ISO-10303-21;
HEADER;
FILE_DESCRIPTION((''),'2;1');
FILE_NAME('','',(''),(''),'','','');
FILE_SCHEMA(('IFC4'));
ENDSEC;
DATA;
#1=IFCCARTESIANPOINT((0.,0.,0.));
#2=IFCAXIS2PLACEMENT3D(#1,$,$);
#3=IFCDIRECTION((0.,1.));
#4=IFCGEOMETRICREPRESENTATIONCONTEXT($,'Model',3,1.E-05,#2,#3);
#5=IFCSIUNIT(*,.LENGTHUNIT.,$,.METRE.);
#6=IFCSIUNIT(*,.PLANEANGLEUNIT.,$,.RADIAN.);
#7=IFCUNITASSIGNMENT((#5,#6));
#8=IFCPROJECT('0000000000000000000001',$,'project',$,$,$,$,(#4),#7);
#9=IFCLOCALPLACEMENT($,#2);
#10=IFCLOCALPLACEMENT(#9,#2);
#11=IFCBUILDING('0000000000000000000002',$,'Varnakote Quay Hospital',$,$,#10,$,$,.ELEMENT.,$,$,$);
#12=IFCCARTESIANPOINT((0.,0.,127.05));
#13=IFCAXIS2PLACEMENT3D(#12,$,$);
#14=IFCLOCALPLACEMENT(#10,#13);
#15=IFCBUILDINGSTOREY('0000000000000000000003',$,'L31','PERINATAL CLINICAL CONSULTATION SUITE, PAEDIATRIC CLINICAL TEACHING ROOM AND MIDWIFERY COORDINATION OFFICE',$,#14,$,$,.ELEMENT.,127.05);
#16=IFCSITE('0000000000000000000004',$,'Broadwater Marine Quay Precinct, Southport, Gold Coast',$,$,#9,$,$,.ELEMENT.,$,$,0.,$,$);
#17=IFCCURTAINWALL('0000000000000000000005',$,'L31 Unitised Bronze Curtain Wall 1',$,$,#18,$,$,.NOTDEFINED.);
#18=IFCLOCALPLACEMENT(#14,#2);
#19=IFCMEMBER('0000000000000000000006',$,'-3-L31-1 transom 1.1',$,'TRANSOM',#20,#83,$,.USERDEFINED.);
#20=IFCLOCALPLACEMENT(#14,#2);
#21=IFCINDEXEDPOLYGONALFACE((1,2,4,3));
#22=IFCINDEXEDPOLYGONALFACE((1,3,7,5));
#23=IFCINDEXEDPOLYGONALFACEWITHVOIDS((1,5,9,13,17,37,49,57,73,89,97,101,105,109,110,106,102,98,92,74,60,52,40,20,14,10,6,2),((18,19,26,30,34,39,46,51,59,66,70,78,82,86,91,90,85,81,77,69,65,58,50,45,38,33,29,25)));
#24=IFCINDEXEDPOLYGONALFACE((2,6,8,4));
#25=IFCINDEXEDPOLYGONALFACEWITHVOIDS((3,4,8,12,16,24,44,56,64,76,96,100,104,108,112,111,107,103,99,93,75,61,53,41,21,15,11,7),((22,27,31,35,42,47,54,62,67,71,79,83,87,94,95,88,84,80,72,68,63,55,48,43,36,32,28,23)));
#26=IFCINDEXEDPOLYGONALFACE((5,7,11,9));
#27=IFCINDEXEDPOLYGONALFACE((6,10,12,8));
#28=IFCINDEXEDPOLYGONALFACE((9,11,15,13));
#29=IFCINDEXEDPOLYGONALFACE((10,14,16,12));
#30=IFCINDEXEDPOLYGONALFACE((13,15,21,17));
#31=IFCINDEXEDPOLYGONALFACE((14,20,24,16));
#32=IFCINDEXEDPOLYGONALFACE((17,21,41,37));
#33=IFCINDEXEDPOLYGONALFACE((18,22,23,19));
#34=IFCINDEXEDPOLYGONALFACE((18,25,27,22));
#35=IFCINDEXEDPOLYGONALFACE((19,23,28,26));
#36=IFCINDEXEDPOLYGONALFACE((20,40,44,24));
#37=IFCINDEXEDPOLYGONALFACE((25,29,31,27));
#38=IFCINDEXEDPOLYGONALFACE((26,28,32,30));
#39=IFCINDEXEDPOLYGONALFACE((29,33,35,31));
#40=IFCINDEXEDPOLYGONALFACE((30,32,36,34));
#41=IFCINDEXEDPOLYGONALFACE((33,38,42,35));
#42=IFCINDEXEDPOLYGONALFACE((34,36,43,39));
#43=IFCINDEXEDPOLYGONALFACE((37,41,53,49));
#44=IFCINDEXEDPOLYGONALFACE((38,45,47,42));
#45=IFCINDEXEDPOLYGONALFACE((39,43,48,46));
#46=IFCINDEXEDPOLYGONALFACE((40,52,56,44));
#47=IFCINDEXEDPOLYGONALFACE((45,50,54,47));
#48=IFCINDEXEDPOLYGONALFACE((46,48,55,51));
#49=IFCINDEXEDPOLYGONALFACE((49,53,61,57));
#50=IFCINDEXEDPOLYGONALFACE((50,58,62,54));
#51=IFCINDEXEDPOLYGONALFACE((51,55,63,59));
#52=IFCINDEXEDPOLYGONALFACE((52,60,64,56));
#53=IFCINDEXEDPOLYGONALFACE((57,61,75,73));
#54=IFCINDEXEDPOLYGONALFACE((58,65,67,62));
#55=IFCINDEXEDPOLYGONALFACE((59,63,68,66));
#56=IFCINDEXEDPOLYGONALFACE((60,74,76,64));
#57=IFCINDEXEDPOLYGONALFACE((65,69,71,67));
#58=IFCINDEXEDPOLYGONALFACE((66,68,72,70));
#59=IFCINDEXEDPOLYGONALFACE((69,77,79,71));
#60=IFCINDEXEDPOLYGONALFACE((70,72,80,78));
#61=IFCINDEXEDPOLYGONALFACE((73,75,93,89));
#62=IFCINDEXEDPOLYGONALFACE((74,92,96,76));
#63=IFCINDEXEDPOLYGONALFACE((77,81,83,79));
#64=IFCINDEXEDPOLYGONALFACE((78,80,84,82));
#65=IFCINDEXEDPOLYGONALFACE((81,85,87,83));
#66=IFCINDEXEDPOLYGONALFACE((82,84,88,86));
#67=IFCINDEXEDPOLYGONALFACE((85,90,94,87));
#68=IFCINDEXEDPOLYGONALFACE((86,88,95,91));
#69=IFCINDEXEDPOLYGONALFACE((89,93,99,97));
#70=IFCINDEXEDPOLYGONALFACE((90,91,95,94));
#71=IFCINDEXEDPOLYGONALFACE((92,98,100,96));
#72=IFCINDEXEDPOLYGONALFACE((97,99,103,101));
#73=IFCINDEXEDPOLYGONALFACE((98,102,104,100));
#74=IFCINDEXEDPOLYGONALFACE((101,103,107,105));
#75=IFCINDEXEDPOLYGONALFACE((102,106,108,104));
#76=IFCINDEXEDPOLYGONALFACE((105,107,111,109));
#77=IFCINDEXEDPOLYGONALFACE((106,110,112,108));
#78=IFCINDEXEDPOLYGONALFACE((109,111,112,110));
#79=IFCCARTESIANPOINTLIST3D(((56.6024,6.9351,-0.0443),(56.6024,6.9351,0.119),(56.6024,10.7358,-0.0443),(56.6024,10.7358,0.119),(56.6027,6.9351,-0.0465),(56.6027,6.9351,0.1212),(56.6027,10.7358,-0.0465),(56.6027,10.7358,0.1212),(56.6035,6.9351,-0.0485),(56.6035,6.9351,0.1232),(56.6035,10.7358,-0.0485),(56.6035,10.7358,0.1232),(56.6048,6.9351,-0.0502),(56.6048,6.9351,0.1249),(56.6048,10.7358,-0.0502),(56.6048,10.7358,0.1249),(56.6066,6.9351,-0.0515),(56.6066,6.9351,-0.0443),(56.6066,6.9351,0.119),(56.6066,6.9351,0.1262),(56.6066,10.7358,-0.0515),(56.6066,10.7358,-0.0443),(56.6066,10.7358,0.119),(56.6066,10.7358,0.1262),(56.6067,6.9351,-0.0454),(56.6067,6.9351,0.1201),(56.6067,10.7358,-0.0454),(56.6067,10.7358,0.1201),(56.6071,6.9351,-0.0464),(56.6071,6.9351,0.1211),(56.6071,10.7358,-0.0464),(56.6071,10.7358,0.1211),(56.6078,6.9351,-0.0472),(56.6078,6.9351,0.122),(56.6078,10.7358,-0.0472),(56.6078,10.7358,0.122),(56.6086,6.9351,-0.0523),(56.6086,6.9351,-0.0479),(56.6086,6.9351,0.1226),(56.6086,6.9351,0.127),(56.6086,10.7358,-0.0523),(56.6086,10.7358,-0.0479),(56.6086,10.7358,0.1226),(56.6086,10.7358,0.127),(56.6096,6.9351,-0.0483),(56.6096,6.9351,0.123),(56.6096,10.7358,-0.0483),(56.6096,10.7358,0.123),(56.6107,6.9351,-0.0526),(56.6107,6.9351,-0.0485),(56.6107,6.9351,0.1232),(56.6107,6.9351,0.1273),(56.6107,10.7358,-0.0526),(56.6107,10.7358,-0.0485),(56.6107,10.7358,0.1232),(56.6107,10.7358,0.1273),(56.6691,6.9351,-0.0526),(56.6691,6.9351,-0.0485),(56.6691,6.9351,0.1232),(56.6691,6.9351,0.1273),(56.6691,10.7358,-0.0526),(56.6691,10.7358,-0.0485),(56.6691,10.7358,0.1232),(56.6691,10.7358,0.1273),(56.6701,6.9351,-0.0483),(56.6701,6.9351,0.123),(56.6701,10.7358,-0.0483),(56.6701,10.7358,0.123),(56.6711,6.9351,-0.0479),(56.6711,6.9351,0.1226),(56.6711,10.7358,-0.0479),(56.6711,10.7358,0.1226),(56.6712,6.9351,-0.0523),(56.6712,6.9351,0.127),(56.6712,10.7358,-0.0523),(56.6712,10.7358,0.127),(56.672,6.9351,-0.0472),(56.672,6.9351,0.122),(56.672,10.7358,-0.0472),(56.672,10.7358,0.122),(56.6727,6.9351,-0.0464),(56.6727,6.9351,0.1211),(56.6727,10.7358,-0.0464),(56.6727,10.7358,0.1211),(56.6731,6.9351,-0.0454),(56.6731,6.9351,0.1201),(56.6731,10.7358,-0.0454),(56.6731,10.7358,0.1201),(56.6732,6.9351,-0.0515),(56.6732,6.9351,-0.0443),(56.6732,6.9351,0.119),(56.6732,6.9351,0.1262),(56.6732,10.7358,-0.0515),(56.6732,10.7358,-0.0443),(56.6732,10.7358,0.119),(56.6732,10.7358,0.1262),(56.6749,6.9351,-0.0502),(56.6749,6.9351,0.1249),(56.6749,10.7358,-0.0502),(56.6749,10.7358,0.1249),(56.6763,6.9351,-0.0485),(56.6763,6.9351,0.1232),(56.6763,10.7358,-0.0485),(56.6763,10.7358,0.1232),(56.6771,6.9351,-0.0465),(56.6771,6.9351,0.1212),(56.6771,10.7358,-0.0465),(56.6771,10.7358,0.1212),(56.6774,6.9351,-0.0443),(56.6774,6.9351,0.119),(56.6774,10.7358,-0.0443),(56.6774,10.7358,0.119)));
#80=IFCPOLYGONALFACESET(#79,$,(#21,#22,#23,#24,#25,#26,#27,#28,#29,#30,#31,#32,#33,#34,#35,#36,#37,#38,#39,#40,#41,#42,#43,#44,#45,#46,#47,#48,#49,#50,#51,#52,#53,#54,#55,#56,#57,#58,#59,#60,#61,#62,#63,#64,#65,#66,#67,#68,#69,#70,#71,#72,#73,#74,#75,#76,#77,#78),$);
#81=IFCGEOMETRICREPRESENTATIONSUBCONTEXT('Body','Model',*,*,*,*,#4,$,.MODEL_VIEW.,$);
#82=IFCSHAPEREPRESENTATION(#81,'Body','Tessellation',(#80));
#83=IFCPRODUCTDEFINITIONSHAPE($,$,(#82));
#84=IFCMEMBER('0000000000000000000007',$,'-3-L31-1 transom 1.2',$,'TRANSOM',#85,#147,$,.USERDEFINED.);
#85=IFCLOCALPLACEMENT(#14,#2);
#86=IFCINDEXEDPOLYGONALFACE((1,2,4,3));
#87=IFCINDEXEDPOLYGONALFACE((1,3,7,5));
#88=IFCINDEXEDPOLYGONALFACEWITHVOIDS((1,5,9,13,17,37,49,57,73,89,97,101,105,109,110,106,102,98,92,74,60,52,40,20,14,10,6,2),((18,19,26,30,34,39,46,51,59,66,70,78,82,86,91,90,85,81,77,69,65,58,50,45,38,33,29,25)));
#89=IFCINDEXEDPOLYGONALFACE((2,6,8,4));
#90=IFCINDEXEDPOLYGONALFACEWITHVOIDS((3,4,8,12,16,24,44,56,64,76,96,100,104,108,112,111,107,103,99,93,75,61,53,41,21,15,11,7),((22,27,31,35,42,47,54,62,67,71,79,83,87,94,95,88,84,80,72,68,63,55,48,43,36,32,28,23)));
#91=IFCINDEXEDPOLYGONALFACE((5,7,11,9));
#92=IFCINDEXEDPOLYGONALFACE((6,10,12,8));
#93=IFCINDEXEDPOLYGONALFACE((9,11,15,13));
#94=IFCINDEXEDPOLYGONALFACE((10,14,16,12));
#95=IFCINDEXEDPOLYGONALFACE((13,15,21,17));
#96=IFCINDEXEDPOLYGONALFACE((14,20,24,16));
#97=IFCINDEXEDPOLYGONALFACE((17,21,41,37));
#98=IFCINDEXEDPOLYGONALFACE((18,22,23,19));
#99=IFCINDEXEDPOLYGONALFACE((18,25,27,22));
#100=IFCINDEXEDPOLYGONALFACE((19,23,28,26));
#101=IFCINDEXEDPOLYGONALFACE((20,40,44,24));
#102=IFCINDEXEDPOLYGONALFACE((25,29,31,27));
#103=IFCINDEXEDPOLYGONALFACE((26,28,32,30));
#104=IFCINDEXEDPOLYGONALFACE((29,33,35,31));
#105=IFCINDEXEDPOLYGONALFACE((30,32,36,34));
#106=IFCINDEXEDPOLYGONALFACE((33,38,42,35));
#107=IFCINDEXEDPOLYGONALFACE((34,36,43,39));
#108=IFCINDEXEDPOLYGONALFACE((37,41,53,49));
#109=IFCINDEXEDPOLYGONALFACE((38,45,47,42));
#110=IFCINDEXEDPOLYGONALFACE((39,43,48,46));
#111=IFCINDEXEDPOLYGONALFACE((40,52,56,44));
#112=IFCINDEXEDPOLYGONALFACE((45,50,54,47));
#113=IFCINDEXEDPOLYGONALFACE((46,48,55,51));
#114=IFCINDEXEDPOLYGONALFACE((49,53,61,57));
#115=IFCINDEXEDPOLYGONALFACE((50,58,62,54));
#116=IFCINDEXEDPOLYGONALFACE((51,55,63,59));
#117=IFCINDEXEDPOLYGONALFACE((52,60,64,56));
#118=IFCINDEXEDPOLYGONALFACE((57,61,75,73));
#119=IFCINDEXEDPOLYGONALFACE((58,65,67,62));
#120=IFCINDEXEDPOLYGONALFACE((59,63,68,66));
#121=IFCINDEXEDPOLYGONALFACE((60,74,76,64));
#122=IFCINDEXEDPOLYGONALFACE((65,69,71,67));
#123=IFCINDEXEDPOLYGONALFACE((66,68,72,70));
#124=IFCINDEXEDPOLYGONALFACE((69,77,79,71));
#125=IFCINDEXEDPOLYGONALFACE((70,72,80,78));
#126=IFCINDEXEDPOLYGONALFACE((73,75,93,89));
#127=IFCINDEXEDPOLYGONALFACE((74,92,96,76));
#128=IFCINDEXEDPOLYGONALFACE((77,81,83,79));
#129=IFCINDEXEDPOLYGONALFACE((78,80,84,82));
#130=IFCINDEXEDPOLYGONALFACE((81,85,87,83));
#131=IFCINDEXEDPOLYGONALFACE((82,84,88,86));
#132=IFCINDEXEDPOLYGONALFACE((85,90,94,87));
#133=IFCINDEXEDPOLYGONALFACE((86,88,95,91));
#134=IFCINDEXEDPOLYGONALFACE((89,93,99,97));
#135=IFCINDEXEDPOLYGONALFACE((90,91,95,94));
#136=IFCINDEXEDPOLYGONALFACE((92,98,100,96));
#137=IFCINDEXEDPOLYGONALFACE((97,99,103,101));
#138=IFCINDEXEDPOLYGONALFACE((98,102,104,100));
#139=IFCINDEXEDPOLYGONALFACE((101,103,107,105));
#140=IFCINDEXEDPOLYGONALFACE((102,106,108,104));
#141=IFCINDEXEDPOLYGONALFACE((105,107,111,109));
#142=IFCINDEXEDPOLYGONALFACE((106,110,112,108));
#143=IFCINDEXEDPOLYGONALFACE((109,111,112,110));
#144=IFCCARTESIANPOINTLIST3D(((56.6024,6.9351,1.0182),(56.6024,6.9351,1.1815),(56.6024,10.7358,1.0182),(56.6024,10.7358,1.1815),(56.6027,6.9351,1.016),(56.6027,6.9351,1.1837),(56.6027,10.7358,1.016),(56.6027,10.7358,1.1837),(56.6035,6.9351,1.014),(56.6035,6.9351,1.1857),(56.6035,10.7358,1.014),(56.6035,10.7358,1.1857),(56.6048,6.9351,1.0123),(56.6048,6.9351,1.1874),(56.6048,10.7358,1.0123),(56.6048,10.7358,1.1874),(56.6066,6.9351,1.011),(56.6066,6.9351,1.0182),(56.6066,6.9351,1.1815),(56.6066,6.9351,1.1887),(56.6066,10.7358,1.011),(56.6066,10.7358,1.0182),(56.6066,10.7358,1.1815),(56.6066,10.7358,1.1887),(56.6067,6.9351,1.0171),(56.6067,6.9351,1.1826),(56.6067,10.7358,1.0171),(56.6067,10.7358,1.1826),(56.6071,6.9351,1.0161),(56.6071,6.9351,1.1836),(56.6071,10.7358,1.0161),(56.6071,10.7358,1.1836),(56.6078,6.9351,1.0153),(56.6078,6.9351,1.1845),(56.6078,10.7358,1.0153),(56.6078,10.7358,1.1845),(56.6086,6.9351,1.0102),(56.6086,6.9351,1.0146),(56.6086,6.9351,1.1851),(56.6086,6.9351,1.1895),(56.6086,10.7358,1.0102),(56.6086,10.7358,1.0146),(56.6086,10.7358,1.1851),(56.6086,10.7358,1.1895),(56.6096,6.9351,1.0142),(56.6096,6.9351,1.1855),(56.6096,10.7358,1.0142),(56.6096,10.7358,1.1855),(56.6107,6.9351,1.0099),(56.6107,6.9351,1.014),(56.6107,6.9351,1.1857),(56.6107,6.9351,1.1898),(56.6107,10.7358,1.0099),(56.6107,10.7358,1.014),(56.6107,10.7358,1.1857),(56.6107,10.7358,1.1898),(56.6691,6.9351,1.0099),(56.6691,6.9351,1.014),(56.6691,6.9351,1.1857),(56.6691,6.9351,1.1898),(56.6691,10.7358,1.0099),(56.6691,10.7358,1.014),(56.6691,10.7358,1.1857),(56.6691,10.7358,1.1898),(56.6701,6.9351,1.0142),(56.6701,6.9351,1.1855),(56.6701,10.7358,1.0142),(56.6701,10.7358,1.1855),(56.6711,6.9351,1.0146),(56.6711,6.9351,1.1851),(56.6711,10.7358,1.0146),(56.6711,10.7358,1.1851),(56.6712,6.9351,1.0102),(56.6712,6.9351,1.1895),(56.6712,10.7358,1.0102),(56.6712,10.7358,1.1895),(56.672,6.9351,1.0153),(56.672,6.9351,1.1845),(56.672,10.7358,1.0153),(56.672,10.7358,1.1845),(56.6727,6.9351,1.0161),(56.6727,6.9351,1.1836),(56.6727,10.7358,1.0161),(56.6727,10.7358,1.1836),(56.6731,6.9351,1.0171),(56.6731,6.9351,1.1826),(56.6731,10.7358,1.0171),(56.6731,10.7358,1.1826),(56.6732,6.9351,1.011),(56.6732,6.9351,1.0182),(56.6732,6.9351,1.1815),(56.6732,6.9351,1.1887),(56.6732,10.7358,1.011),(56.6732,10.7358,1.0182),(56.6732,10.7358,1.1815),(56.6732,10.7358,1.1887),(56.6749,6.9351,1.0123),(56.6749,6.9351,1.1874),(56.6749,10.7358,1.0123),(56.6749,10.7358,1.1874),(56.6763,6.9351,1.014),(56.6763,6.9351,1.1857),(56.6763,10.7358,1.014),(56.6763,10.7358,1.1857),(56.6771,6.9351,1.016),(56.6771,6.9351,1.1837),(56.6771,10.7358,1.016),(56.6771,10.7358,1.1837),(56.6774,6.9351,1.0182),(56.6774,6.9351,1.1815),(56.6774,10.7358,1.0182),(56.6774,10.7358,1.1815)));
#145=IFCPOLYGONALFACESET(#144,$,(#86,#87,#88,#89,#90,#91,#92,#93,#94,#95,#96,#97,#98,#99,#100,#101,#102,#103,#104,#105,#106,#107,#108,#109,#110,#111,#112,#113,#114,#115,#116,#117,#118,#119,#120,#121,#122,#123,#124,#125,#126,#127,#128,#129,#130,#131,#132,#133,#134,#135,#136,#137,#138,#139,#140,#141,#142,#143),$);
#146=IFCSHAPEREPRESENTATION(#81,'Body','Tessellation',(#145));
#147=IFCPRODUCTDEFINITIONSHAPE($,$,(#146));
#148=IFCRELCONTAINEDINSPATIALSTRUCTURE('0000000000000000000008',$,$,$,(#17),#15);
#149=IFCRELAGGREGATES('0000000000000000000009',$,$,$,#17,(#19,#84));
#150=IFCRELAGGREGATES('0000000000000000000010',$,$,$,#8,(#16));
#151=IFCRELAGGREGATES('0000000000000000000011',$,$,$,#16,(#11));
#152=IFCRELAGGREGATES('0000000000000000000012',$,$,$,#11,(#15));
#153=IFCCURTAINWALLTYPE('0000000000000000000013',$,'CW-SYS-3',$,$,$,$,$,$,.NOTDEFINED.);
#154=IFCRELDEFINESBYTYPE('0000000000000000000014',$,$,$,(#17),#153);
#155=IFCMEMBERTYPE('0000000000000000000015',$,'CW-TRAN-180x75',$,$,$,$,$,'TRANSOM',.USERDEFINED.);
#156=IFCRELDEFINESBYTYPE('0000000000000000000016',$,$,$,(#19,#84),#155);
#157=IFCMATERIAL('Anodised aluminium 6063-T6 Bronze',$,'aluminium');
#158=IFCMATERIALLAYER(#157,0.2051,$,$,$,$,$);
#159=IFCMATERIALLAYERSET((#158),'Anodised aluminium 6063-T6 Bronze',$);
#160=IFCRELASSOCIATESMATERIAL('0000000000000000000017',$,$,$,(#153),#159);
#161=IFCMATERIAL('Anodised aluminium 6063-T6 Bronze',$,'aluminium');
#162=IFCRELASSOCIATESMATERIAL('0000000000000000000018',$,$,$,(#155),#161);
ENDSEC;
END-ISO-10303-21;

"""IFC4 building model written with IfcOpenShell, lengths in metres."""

from ifc_helpers import new_model, si_unit, direction, frame, origin, origin_2d, place, context, subcontext, project, spatial, hollow_rectangle, extrude, material, layer, layer_set, material_profile, profile_set, type_object, element, aggregate, save


model = new_model("IFC4")

# Units and contexts
model_context = context("Model", 3, precision=1e-05, world=origin(), true_north=direction((0.0, 1.0)))
body_context = subcontext(model_context, "Body", "Model", "MODEL_VIEW")
ifc_project = project(units=[si_unit("LENGTHUNIT", "METRE"), si_unit("PLANEANGLEUNIT", "RADIAN")], contexts=[model_context])

# Site, building, storey
site_placement = place(None, origin())
site = spatial("IfcSite", under=ifc_project, at=site_placement, Name="Broadwater Marine Quay Precinct, Southport, Gold Coast", CompositionType="ELEMENT", RefElevation=0.0)
building_placement = place(site_placement, origin())
building = spatial("IfcBuilding", under=site, at=building_placement, Name="Varnakote Quay Hospital", CompositionType="ELEMENT")
storey_placement = place(building_placement, frame((0.0, 0.0, 127.05)))
storey = spatial("IfcBuildingStorey", under=building, at=storey_placement, Name="L31", Description="PERINATAL CLINICAL CONSULTATION SUITE, PAEDIATRIC CLINICAL TEACHING ROOM AND MIDWIFERY COORDINATION OFFICE", CompositionType="ELEMENT", Elevation=127.05)

# Curtain wall, members
ifc_material_1 = material(Name="Anodised aluminium 6063-T6 Bronze", Category="aluminium")
ifc_layer_1 = layer(ifc_material_1, 0.2051)
ifc_layer_set_1 = layer_set([ifc_layer_1], Name="Anodised aluminium 6063-T6 Bronze")
curtain_wall_type = type_object("IfcCurtainWallType", Name="CW-SYS-3", PredefinedType="NOTDEFINED", material=ifc_layer_set_1)
curtain_wall_placement = place(storey_placement, origin())
curtain_wall = element("IfcCurtainWall", 1, at=curtain_wall_placement, inside=storey, type_object=curtain_wall_type, Name="L31 Unitised Bronze Curtain Wall 1", PredefinedType="NOTDEFINED")
ifc_material_2 = material(Name="Anodised aluminium 6063-T6 Bronze", Category="aluminium")
ifc_material_profile_1 = material_profile(ifc_material_2, hollow_rectangle(XDim=0.075, YDim=0.1799, WallThickness=0.0042, InnerFilletRadius=0.0042, OuterFilletRadius=0.0083, at=origin_2d()), Name="CW-TRAN-180x75")
ifc_profile_set_1 = profile_set([ifc_material_profile_1], Name="Anodised aluminium 6063-T6 Bronze")
member_type_1 = type_object("IfcMemberType", Name="CW-TRAN-180x75", ElementType="TRANSOM", PredefinedType="USERDEFINED", material=ifc_profile_set_1)
member_1_placement = place(storey_placement, frame((56.6399, 6.9351, 0.0374), z_axis=(0.0, 1.0, 0.0), x_axis=(-1.0, 0.0, 0.0)))
member_1 = element("IfcMember", 2, at=member_1_placement, type_object=member_type_1, Name="-3-L31-1 transom 1.1", ObjectType="TRANSOM", PredefinedType="USERDEFINED", context=body_context, shape_type="SweptSolid", body=[
    extrude(hollow_rectangle(XDim=0.075, YDim=0.1799, WallThickness=0.0042, InnerFilletRadius=0.0042, OuterFilletRadius=0.0083, at=origin_2d()), origin(), (0.0, 0.0, 1.0), 3.8008),
])
member_2_placement = place(storey_placement, frame((56.6399, 6.9351, 1.0999), z_axis=(0.0, 1.0, 0.0), x_axis=(-1.0, 0.0, 0.0)))
member_2 = element("IfcMember", 3, at=member_2_placement, type_object=member_type_1, Name="-3-L31-1 transom 1.2", ObjectType="TRANSOM", PredefinedType="USERDEFINED", context=body_context, shape_type="SweptSolid", body=[
    extrude(hollow_rectangle(XDim=0.075, YDim=0.1799, WallThickness=0.0042, InnerFilletRadius=0.0042, OuterFilletRadius=0.0083, at=origin_2d()), origin(), (0.0, 0.0, 1.0), 3.8008),
])
aggregate(curtain_wall, [member_1, member_2])

save(model, "model.ifc")
